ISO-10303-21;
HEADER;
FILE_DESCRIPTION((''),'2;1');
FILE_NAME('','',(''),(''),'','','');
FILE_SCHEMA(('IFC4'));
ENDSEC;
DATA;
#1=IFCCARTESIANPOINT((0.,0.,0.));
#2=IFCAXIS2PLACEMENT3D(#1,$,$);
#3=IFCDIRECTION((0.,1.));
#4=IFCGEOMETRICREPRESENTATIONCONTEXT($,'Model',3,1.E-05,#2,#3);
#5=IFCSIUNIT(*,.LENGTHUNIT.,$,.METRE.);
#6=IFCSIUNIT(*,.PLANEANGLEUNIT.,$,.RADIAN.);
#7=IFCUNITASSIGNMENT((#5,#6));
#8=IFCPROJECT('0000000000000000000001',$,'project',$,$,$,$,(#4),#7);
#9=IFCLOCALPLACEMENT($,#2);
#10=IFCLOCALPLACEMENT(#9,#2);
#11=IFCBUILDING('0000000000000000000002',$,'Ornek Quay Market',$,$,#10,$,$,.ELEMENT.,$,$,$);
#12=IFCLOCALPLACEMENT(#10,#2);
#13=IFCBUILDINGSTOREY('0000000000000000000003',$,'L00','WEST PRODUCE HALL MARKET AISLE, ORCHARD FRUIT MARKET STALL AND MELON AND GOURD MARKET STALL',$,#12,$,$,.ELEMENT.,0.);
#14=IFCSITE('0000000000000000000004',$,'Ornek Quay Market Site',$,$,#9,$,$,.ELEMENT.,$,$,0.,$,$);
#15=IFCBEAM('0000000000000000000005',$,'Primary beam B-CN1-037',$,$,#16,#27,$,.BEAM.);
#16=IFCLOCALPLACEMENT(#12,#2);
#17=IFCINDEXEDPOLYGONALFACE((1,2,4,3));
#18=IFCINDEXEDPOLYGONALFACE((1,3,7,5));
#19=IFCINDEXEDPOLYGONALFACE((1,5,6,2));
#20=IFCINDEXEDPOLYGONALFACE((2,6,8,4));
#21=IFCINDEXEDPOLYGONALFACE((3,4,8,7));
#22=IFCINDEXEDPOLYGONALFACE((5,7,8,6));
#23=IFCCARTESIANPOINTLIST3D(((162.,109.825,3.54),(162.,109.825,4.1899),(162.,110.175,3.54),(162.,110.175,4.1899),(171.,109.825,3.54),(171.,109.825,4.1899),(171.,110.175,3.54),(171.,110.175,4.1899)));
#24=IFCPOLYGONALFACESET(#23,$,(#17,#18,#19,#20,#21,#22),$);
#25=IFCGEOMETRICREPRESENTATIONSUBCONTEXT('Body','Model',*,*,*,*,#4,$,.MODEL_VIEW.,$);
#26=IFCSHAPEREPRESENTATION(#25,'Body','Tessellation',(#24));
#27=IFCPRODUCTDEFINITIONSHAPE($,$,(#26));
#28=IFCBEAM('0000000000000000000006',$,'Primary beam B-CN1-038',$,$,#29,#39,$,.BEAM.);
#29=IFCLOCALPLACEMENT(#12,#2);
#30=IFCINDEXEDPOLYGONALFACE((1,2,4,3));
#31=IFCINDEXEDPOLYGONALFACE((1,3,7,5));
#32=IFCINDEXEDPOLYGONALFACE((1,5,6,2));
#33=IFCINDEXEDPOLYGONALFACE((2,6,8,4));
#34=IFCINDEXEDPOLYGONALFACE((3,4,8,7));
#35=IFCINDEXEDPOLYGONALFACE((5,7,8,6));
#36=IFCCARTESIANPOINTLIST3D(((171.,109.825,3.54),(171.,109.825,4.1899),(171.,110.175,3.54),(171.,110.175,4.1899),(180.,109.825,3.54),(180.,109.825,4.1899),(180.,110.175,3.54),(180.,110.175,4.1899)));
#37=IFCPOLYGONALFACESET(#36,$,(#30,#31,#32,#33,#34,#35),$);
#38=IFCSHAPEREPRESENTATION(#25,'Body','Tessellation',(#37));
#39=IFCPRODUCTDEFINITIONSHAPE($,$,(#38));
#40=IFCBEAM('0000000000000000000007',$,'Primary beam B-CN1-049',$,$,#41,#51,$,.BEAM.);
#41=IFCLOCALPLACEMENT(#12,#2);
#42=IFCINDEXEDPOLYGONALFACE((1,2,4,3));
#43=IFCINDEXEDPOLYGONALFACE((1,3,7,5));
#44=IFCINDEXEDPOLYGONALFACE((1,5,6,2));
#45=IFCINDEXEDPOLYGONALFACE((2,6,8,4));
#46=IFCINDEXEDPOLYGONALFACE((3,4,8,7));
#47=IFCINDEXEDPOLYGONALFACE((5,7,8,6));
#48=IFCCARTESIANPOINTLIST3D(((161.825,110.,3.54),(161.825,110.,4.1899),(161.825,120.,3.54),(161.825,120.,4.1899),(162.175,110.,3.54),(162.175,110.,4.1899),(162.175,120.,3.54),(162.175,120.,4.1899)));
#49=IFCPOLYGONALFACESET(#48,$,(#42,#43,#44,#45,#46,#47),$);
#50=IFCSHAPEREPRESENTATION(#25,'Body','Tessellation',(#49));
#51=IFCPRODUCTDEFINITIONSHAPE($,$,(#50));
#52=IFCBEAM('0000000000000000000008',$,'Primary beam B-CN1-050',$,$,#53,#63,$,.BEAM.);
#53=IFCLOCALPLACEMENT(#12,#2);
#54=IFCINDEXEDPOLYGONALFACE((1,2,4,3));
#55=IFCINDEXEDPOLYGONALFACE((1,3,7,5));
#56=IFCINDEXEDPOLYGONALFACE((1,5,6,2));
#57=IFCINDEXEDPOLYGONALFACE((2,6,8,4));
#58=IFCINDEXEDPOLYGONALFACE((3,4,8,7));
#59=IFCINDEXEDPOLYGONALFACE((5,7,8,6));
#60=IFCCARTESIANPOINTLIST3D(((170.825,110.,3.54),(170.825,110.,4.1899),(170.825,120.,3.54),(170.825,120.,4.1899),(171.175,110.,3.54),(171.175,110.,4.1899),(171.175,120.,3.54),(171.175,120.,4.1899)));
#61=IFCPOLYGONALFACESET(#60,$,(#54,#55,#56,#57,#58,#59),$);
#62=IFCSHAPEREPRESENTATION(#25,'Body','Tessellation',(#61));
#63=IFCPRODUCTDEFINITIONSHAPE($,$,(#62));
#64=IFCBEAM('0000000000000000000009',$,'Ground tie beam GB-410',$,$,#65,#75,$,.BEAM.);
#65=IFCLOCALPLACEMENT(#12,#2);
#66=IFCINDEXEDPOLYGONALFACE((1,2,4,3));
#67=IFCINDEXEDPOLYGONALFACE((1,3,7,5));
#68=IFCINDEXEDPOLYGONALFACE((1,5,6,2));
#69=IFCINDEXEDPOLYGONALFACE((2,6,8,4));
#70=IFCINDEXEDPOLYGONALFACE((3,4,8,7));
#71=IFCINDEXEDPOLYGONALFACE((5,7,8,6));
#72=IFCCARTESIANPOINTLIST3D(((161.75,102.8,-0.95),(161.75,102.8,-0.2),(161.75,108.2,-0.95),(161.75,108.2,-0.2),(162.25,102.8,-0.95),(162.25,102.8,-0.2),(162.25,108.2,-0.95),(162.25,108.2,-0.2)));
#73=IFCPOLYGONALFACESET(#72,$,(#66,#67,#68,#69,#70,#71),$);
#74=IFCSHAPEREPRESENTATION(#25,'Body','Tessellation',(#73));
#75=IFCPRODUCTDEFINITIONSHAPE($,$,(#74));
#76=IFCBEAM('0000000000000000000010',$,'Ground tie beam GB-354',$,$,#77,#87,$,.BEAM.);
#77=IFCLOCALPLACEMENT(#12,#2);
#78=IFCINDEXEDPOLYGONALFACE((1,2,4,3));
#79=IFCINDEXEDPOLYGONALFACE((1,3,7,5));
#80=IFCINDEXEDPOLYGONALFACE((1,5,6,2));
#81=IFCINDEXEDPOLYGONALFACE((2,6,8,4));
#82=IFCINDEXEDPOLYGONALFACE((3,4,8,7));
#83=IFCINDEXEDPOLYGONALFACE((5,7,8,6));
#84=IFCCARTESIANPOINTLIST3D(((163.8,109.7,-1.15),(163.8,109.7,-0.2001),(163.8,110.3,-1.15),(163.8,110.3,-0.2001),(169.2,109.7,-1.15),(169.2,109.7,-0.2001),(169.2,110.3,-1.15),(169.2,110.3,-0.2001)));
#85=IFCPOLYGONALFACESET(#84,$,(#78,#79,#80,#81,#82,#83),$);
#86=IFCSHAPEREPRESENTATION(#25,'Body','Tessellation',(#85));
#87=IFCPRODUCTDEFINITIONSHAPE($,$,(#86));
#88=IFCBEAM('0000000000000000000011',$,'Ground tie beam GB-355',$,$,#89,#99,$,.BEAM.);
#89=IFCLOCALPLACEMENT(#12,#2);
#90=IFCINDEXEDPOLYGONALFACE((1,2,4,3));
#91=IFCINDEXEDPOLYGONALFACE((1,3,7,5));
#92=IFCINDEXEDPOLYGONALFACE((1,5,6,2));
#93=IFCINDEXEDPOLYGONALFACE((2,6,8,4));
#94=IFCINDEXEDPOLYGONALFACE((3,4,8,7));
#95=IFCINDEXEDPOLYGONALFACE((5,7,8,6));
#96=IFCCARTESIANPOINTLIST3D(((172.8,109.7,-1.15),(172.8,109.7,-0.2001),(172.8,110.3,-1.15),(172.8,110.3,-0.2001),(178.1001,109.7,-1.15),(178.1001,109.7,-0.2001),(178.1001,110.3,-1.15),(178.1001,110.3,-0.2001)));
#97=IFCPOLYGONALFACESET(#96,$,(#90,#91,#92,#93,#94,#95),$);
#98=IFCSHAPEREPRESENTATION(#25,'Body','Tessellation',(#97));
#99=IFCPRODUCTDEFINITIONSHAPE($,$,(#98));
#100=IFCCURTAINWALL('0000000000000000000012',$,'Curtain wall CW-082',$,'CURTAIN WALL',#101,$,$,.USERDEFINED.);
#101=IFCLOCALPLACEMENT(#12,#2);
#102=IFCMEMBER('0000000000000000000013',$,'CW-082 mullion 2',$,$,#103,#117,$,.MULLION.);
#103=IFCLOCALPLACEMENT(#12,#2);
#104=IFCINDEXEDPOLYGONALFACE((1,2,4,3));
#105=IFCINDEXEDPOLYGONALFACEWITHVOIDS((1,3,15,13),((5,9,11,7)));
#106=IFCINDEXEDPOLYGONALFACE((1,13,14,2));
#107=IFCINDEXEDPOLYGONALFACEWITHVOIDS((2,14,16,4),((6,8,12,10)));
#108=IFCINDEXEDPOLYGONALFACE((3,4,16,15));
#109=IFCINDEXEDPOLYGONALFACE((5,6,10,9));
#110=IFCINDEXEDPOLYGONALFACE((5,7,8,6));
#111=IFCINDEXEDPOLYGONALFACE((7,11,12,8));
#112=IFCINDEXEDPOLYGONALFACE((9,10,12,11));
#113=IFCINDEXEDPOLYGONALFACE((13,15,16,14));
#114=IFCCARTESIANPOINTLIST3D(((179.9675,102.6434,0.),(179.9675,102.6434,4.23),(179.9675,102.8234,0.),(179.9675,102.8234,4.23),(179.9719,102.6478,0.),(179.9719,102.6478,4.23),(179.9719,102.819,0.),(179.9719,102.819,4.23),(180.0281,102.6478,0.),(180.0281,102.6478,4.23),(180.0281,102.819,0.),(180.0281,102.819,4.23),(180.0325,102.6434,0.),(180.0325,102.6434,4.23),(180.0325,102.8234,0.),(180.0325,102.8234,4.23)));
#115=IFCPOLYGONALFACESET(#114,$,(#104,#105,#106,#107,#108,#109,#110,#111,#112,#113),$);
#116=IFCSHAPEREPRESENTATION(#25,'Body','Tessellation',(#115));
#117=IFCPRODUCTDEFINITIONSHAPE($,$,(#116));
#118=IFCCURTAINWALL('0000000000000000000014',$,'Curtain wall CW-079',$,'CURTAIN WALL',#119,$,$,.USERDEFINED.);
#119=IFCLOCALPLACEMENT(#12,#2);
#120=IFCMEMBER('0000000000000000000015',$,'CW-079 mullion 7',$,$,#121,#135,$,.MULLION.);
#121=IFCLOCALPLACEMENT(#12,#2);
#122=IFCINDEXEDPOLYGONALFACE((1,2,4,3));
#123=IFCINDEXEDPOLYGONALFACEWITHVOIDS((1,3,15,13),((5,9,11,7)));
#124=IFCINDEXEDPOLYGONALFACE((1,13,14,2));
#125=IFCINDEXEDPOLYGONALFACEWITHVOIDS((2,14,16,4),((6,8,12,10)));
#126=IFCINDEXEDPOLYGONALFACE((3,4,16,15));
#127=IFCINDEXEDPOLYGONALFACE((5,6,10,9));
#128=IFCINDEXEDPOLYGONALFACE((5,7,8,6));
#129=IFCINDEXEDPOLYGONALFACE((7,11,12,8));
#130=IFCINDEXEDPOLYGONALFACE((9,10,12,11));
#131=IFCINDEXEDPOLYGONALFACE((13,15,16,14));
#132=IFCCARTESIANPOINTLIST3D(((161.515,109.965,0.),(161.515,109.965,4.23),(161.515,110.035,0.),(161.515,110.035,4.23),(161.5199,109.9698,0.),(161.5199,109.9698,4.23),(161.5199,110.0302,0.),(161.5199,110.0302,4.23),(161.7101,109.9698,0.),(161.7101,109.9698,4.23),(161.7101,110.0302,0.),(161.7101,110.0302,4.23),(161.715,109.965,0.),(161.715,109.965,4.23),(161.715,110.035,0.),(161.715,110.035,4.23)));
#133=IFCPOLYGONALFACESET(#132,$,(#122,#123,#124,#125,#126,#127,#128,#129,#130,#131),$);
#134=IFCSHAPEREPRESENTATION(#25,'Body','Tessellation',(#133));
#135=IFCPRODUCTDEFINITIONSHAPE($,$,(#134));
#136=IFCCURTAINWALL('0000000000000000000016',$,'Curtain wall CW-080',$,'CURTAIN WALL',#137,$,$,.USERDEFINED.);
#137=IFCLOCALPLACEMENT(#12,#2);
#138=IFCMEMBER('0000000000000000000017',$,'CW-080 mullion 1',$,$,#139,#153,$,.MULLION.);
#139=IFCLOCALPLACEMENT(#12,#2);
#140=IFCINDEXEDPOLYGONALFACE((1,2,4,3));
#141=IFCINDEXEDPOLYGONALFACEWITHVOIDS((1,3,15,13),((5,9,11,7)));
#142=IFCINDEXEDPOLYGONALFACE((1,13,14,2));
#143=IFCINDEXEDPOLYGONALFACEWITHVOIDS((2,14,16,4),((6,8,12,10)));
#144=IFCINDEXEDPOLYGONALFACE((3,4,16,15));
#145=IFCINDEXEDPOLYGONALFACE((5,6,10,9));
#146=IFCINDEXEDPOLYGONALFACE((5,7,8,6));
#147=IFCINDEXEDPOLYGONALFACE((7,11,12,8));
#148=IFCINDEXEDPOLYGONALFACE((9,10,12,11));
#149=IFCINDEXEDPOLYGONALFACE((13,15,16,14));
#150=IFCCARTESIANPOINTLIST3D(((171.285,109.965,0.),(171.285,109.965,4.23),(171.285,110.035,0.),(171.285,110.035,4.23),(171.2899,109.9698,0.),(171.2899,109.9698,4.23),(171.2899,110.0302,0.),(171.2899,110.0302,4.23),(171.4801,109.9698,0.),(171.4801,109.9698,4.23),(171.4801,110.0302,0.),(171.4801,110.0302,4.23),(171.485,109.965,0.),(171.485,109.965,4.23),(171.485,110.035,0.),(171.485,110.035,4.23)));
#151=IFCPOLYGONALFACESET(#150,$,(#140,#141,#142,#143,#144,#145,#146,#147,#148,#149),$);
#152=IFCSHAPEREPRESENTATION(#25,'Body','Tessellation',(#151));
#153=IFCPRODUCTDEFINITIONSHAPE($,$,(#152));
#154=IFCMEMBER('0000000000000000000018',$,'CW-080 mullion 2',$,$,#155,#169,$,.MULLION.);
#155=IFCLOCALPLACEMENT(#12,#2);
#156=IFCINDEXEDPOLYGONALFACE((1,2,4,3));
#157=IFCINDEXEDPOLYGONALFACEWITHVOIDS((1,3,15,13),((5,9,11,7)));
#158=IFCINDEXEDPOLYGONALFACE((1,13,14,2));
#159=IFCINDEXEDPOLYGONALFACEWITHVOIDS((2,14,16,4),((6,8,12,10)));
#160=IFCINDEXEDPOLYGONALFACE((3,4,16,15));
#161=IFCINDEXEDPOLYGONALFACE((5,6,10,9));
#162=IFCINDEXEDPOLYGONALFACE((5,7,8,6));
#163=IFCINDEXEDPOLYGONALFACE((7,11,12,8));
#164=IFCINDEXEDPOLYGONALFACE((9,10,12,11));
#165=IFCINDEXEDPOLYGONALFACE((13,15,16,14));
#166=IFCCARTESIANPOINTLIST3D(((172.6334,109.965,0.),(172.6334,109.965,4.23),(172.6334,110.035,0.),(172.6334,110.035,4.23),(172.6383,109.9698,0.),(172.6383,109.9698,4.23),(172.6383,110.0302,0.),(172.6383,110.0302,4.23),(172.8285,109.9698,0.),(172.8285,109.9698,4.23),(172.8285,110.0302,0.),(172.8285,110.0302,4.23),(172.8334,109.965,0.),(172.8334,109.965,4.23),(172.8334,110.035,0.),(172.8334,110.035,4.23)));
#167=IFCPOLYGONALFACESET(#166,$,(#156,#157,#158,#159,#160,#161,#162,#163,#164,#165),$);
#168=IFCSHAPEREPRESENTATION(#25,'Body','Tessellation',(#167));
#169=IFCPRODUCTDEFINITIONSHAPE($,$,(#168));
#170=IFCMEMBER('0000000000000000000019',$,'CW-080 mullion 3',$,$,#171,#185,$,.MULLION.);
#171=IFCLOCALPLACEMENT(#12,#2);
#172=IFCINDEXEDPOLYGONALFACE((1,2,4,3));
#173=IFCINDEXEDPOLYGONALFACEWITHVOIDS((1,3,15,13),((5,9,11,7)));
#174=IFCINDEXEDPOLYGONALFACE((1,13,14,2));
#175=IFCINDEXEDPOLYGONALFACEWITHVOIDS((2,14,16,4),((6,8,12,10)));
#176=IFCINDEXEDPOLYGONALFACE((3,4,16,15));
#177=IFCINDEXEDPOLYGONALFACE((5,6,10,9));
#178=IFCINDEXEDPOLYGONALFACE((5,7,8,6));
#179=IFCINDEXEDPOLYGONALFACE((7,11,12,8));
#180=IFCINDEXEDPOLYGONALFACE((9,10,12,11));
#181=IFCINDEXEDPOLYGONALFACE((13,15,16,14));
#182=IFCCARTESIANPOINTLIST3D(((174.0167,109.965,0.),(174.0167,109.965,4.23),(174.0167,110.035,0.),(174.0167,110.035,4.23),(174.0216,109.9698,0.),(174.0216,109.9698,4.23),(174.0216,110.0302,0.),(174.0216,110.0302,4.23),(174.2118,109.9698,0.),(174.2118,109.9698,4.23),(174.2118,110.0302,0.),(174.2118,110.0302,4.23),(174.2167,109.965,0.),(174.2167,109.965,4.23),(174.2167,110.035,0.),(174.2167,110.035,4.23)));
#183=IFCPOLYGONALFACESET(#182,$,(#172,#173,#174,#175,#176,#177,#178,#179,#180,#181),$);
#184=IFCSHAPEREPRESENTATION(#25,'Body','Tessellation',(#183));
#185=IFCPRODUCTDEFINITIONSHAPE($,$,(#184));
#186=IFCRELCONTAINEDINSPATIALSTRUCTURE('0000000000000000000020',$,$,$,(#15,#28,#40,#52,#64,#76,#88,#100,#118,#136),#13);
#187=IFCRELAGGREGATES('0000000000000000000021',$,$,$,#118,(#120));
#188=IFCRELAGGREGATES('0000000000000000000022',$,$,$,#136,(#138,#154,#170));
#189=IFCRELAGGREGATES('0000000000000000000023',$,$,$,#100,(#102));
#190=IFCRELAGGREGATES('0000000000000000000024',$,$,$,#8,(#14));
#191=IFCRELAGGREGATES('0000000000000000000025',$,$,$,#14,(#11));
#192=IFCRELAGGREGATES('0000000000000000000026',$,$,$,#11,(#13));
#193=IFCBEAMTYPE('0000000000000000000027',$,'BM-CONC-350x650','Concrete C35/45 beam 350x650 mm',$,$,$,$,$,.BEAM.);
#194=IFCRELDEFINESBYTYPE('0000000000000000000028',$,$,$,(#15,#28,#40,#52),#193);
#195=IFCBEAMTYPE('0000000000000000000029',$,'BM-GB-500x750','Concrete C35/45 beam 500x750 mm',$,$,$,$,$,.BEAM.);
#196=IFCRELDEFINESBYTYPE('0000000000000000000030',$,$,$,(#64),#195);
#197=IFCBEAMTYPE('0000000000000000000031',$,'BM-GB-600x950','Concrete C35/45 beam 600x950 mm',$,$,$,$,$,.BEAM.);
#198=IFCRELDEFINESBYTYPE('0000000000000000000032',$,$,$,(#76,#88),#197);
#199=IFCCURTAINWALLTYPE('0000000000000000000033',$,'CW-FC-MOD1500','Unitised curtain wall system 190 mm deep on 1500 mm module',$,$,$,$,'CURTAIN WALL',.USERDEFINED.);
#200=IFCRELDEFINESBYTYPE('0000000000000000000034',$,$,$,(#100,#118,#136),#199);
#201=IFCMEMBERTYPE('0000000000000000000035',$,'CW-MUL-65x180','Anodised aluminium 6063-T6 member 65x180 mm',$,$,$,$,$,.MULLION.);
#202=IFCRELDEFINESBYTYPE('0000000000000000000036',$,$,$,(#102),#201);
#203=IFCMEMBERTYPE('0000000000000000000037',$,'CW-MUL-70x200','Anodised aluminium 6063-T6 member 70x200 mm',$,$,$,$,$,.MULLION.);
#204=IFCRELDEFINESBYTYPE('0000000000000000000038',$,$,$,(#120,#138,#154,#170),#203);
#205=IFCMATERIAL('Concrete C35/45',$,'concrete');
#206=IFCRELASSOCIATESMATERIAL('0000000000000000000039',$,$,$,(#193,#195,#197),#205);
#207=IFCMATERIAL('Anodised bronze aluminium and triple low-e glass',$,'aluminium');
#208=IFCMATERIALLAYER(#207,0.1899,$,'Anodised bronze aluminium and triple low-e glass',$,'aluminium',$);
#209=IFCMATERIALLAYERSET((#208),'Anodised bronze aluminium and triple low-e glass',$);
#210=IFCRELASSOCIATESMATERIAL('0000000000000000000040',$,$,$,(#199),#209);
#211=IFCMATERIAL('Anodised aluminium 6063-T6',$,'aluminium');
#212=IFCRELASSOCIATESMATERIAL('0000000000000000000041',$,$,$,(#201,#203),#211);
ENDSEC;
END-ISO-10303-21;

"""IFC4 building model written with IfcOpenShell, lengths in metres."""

from ifc_helpers import new_model, si_unit, direction, frame, origin, origin_2d, place, context, subcontext, project, spatial, rectangle, hollow_rectangle, extrude, material, layer, layer_set, material_profile, profile_set, type_object, element, aggregate, save


model = new_model("IFC4")

# Units and contexts
model_context = context("Model", 3, precision=1e-05, world=origin(), true_north=direction((0.0, 1.0)))
body_context = subcontext(model_context, "Body", "Model", "MODEL_VIEW")
ifc_project = project(units=[si_unit("LENGTHUNIT", "METRE"), si_unit("PLANEANGLEUNIT", "RADIAN")], contexts=[model_context])

# Site, building, storey
site_placement = place(None, origin())
site = spatial("IfcSite", under=ifc_project, at=site_placement, Name="Ornek Quay Market Site", CompositionType="ELEMENT", RefElevation=0.0)
building_placement = place(site_placement, origin())
building = spatial("IfcBuilding", under=site, at=building_placement, Name="Ornek Quay Market", CompositionType="ELEMENT")
storey_placement = place(building_placement, origin())
storey = spatial("IfcBuildingStorey", under=building, at=storey_placement, Name="L00", Description="WEST PRODUCE HALL MARKET AISLE, ORCHARD FRUIT MARKET STALL AND MELON AND GOURD MARKET STALL", CompositionType="ELEMENT", Elevation=0.0)

# Shared definitions
ifc_material_1 = material(Name="Concrete C35/45", Category="concrete")

# Beams
ifc_material_profile_1 = material_profile(ifc_material_1, rectangle(XDim=0.3501, YDim=0.6499, at=origin_2d()), Name="RC 350x650", Category="concrete")
ifc_profile_set_1 = profile_set([ifc_material_profile_1], Name="Concrete C35/45")
beam_type_1 = type_object("IfcBeamType", Name="BM-CONC-350x650", Description="Concrete C35/45 beam 350x650 mm", PredefinedType="BEAM", material=ifc_profile_set_1)
for number, where, z_axis, x_axis, name in (
    (1, (162.0, 110.0, 3.865), (1.0, 0.0, 0.0), (0.0, 1.0, 0.0), "Primary beam B-CN1-037"),
    (2, (171.0, 110.0, 3.865), (1.0, 0.0, 0.0), (0.0, 1.0, 0.0), "Primary beam B-CN1-038"),
):
    element("IfcBeam", number, at=place(storey_placement, frame(where, z_axis=z_axis, x_axis=x_axis)), inside=storey, type_object=beam_type_1, Name=name, PredefinedType="BEAM", context=body_context, shape_type="SweptSolid", body=[
        extrude(rectangle(XDim=0.3501, YDim=0.6499, at=origin_2d()), origin(), (0.0, 0.0, 1.0), 9.0),
    ])
for number, where, z_axis, x_axis, name in (
    (3, (162.0, 110.0, 3.865), (0.0, 1.0, 0.0), (-1.0, 0.0, 0.0), "Primary beam B-CN1-049"),
    (4, (171.0, 110.0, 3.865), (0.0, 1.0, 0.0), (-1.0, 0.0, 0.0), "Primary beam B-CN1-050"),
):
    element("IfcBeam", number, at=place(storey_placement, frame(where, z_axis=z_axis, x_axis=x_axis)), inside=storey, type_object=beam_type_1, Name=name, PredefinedType="BEAM", context=body_context, shape_type="SweptSolid", body=[
        extrude(rectangle(XDim=0.3501, YDim=0.6499, at=origin_2d()), origin(), (0.0, 0.0, 1.0), 10.0),
    ])
ifc_material_profile_2 = material_profile(ifc_material_1, rectangle(XDim=0.5, YDim=0.75, at=origin_2d()), Name="RC 500x750", Category="concrete")
ifc_profile_set_2 = profile_set([ifc_material_profile_2], Name="Concrete C35/45")
beam_type_2 = type_object("IfcBeamType", Name="BM-GB-500x750", Description="Concrete C35/45 beam 500x750 mm", PredefinedType="BEAM", material=ifc_profile_set_2)
beam_1_placement = place(storey_placement, frame((162.0, 102.8, -0.575), z_axis=(0.0, 1.0, 0.0), x_axis=(-1.0, 0.0, 0.0)))
element("IfcBeam", 5, at=beam_1_placement, inside=storey, type_object=beam_type_2, Name="Ground tie beam GB-410", PredefinedType="BEAM", context=body_context, shape_type="SweptSolid", body=[
    extrude(rectangle(XDim=0.5, YDim=0.75, at=origin_2d()), origin(), (0.0, 0.0, 1.0), 5.3999),
])
ifc_material_profile_3 = material_profile(ifc_material_1, rectangle(XDim=0.6001, YDim=0.95, at=origin_2d()), Name="RC 600x950", Category="concrete")
ifc_profile_set_3 = profile_set([ifc_material_profile_3], Name="Concrete C35/45")
beam_type_3 = type_object("IfcBeamType", Name="BM-GB-600x950", Description="Concrete C35/45 beam 600x950 mm", PredefinedType="BEAM", material=ifc_profile_set_3)
beam_2_placement = place(storey_placement, frame((163.8, 110.0, -0.675), z_axis=(1.0, 0.0, 0.0), x_axis=(0.0, 1.0, 0.0)))
element("IfcBeam", 6, at=beam_2_placement, inside=storey, type_object=beam_type_3, Name="Ground tie beam GB-354", PredefinedType="BEAM", context=body_context, shape_type="SweptSolid", body=[
    extrude(rectangle(XDim=0.6001, YDim=0.95, at=origin_2d()), origin(), (0.0, 0.0, 1.0), 5.3999),
])
beam_3_placement = place(storey_placement, frame((172.8, 110.0, -0.675), z_axis=(1.0, 0.0, 0.0), x_axis=(0.0, 1.0, 0.0)))
element("IfcBeam", 7, at=beam_3_placement, inside=storey, type_object=beam_type_3, Name="Ground tie beam GB-355", PredefinedType="BEAM", context=body_context, shape_type="SweptSolid", body=[
    extrude(rectangle(XDim=0.6001, YDim=0.95, at=origin_2d()), origin(), (0.0, 0.0, 1.0), 5.3),
])

# Curtain walls, members
ifc_material_2 = material(Name="Anodised bronze aluminium and triple low-e glass", Category="aluminium")
ifc_layer_1 = layer(ifc_material_2, 0.1899, Name="Anodised bronze aluminium and triple low-e glass", Category="aluminium")
ifc_layer_set_1 = layer_set([ifc_layer_1], Name="Anodised bronze aluminium and triple low-e glass")
curtain_wall_type = type_object("IfcCurtainWallType", Name="CW-FC-MOD1500", Description="Unitised curtain wall system 190 mm deep on 1500 mm module", ElementType="CURTAIN WALL", PredefinedType="USERDEFINED", material=ifc_layer_set_1)
curtain_wall_1_placement = place(storey_placement, origin())
curtain_wall_1 = element("IfcCurtainWall", 8, at=curtain_wall_1_placement, inside=storey, type_object=curtain_wall_type, Name="Curtain wall CW-082", ObjectType="CURTAIN WALL", PredefinedType="USERDEFINED")
ifc_material_3 = material(Name="Anodised aluminium 6063-T6", Category="aluminium")
ifc_material_profile_4 = material_profile(ifc_material_3, hollow_rectangle(XDim=0.0649, YDim=0.1799, WallThickness=0.0044, at=origin_2d()), Name="CW-MUL-65x180", Category="aluminium")
ifc_profile_set_4 = profile_set([ifc_material_profile_4], Name="Anodised aluminium 6063-T6")
member_type_1 = type_object("IfcMemberType", Name="CW-MUL-65x180", Description="Anodised aluminium 6063-T6 member 65x180 mm", PredefinedType="MULLION", material=ifc_profile_set_4)
member_1_placement = place(storey_placement, frame((180.0, 102.7334, 0.0), z_axis=(0.0, 0.0, 1.0), x_axis=(-1.0, 0.0, 0.0)))
member_1 = element("IfcMember", 9, at=member_1_placement, type_object=member_type_1, Name="CW-082 mullion 2", PredefinedType="MULLION", context=body_context, shape_type="SweptSolid", body=[
    extrude(hollow_rectangle(XDim=0.0649, YDim=0.1799, WallThickness=0.0044, at=origin_2d()), origin(), (0.0, 0.0, 1.0), 4.23),
])
curtain_wall_2_placement = place(storey_placement, origin())
curtain_wall_2 = element("IfcCurtainWall", 10, at=curtain_wall_2_placement, inside=storey, type_object=curtain_wall_type, Name="Curtain wall CW-079", ObjectType="CURTAIN WALL", PredefinedType="USERDEFINED")
ifc_material_profile_5 = material_profile(ifc_material_3, hollow_rectangle(XDim=0.0701, YDim=0.2, WallThickness=0.0049, at=origin_2d()), Name="CW-MUL-70x200", Category="aluminium")
ifc_profile_set_5 = profile_set([ifc_material_profile_5], Name="Anodised aluminium 6063-T6")
member_type_2 = type_object("IfcMemberType", Name="CW-MUL-70x200", Description="Anodised aluminium 6063-T6 member 70x200 mm", PredefinedType="MULLION", material=ifc_profile_set_5)
member_2_placement = place(storey_placement, frame((161.615, 110.0, 0.0), z_axis=(0.0, 0.0, 1.0), x_axis=(0.0, 1.0, 0.0)))
member_2 = element("IfcMember", 11, at=member_2_placement, type_object=member_type_2, Name="CW-079 mullion 7", PredefinedType="MULLION", context=body_context, shape_type="SweptSolid", body=[
    extrude(hollow_rectangle(XDim=0.0701, YDim=0.2, WallThickness=0.0049, at=origin_2d()), origin(), (0.0, 0.0, 1.0), 4.23),
])
aggregate(curtain_wall_2, [member_2])

# Curtain wall, members
curtain_wall_3_placement = place(storey_placement, origin())
curtain_wall_3 = element("IfcCurtainWall", 12, at=curtain_wall_3_placement, inside=storey, type_object=curtain_wall_type, Name="Curtain wall CW-080", ObjectType="CURTAIN WALL", PredefinedType="USERDEFINED")
member_3_placement = place(storey_placement, frame((171.385, 110.0, 0.0), z_axis=(0.0, 0.0, 1.0), x_axis=(0.0, 1.0, 0.0)))
member_3 = element("IfcMember", 13, at=member_3_placement, type_object=member_type_2, Name="CW-080 mullion 1", PredefinedType="MULLION", context=body_context, shape_type="SweptSolid", body=[
    extrude(hollow_rectangle(XDim=0.0701, YDim=0.2, WallThickness=0.0049, at=origin_2d()), origin(), (0.0, 0.0, 1.0), 4.23),
])
member_4_placement = place(storey_placement, frame((172.7334, 110.0, 0.0), z_axis=(0.0, 0.0, 1.0), x_axis=(0.0, 1.0, 0.0)))
member_4 = element("IfcMember", 14, at=member_4_placement, type_object=member_type_2, Name="CW-080 mullion 2", PredefinedType="MULLION", context=body_context, shape_type="SweptSolid", body=[
    extrude(hollow_rectangle(XDim=0.0701, YDim=0.2, WallThickness=0.0049, at=origin_2d()), origin(), (0.0, 0.0, 1.0), 4.23),
])
member_5_placement = place(storey_placement, frame((174.1167, 110.0, 0.0), z_axis=(0.0, 0.0, 1.0), x_axis=(0.0, 1.0, 0.0)))
member_5 = element("IfcMember", 15, at=member_5_placement, type_object=member_type_2, Name="CW-080 mullion 3", PredefinedType="MULLION", context=body_context, shape_type="SweptSolid", body=[
    extrude(hollow_rectangle(XDim=0.0701, YDim=0.2, WallThickness=0.0049, at=origin_2d()), origin(), (0.0, 0.0, 1.0), 4.23),
])

aggregate(curtain_wall_3, [member_3, member_4, member_5])
aggregate(curtain_wall_1, [member_1])

save(model, "model.ifc")
